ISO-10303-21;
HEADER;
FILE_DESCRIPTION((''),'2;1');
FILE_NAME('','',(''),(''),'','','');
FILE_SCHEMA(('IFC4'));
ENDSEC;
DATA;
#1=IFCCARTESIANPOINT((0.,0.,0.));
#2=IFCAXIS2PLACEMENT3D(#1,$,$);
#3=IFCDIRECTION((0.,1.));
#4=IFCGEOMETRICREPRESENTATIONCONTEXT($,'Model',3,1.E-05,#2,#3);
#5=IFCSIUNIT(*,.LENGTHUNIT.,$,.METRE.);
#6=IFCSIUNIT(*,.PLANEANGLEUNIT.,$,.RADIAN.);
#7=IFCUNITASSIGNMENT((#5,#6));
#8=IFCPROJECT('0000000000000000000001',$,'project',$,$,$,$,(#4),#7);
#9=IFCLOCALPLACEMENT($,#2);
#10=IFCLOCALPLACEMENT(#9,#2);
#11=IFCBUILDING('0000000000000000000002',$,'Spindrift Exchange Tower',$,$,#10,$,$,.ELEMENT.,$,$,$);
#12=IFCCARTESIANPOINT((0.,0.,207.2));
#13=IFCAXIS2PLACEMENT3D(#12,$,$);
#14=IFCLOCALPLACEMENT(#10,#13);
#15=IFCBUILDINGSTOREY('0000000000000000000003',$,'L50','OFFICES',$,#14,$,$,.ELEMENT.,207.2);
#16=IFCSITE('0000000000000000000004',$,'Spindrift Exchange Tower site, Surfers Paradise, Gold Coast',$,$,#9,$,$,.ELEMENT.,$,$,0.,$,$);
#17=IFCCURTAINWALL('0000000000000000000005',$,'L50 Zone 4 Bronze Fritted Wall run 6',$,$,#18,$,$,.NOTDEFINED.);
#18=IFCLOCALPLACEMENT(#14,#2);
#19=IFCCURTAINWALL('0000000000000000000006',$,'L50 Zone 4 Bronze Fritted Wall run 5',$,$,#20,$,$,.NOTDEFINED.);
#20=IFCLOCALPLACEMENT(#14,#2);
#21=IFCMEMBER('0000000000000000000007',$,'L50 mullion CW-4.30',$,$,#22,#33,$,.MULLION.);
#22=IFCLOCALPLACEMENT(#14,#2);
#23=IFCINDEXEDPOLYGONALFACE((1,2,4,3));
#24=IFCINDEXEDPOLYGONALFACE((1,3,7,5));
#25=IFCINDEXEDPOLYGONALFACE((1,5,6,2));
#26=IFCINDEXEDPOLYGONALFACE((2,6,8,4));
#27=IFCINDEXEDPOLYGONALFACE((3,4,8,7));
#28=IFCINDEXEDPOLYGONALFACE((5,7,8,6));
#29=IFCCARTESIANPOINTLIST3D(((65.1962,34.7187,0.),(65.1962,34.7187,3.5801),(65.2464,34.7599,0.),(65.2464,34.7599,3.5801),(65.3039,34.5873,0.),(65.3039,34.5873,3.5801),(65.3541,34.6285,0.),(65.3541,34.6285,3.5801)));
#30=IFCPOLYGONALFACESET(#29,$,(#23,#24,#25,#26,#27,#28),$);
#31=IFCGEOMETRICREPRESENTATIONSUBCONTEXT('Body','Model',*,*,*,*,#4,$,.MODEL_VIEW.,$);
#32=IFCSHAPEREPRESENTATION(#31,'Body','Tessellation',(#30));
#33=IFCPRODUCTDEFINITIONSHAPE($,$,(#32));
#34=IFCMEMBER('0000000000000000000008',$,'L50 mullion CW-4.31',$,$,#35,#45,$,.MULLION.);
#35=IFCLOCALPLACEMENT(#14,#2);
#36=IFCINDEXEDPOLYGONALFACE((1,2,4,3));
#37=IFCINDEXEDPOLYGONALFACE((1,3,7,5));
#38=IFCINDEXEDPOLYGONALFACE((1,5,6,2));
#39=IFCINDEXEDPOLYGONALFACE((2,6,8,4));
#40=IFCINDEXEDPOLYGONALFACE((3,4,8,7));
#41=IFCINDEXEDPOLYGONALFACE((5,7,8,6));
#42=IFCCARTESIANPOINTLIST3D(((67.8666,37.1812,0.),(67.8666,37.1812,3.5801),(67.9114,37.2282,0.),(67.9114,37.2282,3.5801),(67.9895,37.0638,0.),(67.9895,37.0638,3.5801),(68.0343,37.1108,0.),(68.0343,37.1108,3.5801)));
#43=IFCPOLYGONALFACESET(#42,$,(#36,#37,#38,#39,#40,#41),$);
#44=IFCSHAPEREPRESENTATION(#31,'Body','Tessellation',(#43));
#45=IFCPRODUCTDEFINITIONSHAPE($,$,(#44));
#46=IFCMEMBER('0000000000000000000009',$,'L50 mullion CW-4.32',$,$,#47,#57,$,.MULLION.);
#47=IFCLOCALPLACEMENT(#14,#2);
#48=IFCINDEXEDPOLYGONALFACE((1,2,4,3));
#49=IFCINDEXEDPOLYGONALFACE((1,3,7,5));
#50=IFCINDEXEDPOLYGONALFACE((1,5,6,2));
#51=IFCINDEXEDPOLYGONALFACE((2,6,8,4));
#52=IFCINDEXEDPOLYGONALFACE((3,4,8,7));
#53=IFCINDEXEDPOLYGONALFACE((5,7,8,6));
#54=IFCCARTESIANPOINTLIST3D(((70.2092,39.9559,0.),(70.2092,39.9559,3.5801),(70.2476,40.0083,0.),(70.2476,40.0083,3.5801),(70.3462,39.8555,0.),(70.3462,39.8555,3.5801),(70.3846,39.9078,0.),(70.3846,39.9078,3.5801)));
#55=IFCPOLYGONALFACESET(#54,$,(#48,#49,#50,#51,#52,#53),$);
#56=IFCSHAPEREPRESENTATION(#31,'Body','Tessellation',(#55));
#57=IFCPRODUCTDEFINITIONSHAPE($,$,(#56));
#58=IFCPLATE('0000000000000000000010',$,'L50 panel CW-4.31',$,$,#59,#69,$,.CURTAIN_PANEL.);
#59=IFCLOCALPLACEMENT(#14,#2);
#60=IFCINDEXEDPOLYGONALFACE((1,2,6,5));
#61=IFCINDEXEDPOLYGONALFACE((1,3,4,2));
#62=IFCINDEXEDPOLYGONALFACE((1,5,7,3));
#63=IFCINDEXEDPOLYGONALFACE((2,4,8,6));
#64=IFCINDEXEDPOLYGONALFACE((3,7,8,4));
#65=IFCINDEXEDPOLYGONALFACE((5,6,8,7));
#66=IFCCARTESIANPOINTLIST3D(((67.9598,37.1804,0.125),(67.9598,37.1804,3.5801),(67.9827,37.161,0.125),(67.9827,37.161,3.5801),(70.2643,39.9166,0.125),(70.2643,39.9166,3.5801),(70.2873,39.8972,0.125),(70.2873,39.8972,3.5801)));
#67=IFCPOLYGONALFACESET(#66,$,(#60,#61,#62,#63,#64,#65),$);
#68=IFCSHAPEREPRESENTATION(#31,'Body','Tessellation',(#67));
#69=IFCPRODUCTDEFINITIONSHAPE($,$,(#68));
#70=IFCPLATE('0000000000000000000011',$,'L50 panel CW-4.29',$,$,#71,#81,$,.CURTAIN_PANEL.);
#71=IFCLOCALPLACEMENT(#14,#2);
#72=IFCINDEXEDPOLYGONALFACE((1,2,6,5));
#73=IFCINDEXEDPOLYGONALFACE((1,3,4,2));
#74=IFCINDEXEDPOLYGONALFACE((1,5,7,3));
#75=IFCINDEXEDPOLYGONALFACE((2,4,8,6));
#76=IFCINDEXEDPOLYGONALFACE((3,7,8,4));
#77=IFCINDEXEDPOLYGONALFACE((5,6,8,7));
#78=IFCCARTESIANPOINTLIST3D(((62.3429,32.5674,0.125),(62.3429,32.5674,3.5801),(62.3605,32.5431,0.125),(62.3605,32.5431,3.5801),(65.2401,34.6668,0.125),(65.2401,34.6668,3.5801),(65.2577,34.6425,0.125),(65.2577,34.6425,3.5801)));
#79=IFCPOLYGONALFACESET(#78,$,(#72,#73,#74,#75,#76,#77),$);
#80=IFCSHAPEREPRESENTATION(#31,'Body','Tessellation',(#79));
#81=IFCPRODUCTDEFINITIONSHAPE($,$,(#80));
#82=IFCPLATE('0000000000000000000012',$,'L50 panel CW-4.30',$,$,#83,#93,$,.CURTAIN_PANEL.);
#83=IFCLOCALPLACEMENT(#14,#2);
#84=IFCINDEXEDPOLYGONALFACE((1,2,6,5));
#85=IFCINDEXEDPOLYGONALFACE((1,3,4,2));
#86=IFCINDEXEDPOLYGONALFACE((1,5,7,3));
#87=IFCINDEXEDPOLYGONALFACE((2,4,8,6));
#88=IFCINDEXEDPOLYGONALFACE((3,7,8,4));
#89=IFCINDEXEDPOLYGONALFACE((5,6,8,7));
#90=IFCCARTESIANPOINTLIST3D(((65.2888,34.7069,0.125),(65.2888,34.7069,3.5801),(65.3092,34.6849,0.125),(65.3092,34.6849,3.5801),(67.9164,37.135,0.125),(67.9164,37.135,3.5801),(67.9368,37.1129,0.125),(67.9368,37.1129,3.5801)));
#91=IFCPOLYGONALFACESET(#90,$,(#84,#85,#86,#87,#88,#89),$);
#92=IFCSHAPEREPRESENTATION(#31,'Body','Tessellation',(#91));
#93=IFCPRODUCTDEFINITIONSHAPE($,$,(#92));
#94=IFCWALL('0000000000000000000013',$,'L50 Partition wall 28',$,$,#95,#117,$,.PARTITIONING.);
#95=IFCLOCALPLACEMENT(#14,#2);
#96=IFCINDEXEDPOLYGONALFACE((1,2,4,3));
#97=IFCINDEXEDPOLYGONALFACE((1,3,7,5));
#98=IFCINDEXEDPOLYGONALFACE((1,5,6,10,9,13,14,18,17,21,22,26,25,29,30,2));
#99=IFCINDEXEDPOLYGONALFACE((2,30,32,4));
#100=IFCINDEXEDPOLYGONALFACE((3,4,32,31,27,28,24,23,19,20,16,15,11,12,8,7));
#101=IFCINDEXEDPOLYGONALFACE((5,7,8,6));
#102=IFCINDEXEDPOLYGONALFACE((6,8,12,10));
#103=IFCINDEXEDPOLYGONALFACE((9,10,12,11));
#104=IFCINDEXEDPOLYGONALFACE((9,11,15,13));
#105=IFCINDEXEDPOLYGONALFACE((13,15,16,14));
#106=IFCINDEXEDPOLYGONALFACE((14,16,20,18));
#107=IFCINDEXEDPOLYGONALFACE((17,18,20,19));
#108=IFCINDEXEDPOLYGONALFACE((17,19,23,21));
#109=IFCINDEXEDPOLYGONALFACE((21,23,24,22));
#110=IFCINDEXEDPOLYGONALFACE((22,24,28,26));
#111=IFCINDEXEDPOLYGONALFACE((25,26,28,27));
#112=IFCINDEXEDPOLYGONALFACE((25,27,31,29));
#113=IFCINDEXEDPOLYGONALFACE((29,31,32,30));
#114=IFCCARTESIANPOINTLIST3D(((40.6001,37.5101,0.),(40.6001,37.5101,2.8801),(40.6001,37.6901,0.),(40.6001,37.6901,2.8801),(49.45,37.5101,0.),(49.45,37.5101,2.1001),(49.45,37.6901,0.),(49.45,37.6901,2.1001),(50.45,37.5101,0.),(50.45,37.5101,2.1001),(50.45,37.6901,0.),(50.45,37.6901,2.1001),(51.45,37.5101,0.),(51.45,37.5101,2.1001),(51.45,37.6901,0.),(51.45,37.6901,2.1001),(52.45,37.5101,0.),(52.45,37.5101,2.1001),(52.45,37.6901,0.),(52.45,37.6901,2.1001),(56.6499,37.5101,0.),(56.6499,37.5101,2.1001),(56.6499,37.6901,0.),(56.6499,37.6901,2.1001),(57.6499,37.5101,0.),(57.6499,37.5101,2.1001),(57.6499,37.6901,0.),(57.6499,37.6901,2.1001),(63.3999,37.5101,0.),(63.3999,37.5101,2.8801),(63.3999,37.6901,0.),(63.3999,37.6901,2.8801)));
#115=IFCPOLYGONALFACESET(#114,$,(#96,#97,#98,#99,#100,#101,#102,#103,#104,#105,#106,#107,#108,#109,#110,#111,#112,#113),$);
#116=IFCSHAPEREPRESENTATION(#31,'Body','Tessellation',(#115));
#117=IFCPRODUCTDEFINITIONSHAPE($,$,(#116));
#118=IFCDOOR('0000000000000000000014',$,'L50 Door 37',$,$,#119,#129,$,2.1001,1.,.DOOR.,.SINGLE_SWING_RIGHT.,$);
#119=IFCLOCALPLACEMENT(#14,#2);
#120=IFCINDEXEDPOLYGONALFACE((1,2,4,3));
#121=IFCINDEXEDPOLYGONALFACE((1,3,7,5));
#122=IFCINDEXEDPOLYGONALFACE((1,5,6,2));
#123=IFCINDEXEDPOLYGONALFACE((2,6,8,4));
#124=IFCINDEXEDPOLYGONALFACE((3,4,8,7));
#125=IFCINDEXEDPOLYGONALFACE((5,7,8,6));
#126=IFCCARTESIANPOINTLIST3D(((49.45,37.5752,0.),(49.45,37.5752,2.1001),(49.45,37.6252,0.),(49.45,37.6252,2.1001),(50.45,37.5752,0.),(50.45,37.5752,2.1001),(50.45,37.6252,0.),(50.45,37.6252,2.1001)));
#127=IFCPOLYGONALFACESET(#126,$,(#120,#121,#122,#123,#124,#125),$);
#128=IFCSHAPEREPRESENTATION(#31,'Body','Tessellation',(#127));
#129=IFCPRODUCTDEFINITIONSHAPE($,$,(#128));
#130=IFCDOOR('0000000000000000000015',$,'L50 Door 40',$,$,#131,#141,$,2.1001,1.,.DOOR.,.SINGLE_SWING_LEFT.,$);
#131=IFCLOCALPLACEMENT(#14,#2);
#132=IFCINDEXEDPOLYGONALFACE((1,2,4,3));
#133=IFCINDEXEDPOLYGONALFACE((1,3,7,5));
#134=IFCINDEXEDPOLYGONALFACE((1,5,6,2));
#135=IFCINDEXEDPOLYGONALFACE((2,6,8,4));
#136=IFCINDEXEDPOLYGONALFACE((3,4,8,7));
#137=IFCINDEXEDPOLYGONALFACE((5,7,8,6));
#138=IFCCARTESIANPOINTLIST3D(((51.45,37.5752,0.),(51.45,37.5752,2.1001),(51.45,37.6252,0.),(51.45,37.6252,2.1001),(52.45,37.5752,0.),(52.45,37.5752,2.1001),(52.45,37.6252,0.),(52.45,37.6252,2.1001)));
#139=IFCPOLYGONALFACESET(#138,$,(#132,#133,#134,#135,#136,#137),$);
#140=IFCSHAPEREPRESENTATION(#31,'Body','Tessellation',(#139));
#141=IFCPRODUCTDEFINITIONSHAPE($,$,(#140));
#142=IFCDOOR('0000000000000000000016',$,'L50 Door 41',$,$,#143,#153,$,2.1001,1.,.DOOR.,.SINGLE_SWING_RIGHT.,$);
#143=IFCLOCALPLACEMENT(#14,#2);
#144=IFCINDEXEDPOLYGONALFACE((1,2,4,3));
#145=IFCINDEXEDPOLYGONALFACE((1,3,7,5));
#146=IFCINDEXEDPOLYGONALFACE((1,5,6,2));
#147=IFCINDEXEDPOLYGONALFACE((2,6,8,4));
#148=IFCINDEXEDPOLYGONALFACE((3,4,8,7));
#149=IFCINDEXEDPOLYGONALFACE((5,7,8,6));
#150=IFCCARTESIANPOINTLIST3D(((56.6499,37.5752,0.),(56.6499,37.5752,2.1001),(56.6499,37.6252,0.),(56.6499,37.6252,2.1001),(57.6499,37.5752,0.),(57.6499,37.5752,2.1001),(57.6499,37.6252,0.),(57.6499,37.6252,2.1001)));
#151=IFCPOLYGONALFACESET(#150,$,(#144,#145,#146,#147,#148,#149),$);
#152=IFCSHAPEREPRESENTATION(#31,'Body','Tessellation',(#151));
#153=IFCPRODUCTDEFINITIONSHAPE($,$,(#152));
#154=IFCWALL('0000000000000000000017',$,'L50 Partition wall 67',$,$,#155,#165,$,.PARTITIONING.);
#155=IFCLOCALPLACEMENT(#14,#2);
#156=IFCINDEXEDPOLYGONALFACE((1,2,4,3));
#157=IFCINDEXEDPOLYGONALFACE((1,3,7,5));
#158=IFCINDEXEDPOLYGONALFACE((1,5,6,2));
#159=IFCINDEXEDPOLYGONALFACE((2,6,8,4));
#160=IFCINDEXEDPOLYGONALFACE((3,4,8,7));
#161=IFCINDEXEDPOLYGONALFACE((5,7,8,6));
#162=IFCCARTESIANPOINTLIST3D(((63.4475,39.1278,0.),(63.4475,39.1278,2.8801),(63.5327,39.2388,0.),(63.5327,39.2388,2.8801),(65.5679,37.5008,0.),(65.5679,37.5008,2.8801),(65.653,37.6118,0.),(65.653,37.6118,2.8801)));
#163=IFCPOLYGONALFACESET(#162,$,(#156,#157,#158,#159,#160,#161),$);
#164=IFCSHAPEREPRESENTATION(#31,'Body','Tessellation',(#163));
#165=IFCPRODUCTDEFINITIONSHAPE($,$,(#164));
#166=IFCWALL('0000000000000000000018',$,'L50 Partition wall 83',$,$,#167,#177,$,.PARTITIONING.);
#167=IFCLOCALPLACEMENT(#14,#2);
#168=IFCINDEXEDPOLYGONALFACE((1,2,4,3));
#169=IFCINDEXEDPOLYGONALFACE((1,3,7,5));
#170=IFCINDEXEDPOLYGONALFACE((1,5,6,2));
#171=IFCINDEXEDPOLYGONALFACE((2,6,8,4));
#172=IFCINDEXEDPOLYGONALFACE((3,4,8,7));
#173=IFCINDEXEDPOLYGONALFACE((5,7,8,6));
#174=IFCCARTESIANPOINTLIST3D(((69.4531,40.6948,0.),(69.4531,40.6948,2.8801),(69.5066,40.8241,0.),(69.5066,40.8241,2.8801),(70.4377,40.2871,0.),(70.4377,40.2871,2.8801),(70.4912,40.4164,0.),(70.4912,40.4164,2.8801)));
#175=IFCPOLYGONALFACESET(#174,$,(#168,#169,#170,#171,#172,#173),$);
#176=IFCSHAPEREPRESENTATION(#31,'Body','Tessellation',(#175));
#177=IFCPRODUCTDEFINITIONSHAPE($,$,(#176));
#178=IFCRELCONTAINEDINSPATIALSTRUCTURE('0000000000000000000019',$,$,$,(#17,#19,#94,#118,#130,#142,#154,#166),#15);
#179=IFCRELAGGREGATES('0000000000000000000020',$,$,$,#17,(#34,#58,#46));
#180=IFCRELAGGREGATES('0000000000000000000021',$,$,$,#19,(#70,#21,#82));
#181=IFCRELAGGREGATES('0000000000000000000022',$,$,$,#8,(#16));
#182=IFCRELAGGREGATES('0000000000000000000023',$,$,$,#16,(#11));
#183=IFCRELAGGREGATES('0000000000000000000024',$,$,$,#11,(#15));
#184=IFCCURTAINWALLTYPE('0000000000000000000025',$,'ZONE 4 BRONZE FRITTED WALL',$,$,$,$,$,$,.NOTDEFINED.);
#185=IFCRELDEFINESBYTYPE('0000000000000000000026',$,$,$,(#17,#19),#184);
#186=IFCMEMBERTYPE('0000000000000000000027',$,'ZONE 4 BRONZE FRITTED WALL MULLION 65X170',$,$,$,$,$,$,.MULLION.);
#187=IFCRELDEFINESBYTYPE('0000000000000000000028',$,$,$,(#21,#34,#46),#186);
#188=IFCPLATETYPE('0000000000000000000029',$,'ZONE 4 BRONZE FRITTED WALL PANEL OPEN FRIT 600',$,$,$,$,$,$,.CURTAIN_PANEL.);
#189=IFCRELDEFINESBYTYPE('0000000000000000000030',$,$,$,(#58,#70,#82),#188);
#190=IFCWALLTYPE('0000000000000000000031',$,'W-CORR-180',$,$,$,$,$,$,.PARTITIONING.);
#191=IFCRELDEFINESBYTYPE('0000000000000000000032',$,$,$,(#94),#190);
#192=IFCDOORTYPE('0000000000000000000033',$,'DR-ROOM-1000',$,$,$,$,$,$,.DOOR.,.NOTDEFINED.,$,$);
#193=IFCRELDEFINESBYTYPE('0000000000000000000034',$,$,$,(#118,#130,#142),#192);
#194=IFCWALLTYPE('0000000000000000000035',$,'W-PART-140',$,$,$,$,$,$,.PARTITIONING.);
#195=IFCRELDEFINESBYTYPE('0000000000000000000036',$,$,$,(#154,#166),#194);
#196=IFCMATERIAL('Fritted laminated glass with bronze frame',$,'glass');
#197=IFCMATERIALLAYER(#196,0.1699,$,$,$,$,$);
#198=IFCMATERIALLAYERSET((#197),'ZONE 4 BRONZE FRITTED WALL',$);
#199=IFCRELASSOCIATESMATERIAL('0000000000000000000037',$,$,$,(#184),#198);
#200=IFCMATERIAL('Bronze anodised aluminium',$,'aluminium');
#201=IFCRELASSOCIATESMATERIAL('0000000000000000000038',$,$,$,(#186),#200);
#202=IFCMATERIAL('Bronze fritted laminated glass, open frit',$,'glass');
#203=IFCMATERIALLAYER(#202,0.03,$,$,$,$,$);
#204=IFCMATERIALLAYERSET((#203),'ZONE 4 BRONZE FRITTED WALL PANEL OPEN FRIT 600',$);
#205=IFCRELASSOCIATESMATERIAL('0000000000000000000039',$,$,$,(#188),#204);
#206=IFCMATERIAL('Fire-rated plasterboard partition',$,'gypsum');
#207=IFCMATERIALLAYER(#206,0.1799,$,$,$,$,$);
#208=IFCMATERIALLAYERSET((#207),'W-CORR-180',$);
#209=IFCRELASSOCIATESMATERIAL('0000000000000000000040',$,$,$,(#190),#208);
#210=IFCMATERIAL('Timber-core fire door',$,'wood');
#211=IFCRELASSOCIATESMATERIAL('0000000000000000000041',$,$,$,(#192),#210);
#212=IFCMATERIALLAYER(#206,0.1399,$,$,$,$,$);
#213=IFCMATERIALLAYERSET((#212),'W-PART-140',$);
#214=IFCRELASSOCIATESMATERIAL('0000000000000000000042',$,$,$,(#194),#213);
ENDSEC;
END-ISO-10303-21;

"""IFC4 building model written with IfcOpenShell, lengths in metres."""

from ifc_helpers import new_model, si_unit, direction, frame, frame_2d, origin, origin_2d, place, context, subcontext, project, spatial, rectangle, extrude, source, transform, mapped, material, layer, layer_set, material_profile, profile_set, type_object, element, fill, aggregate, save


model = new_model("IFC4")

# Units and contexts
model_context = context("Model", 3, precision=1e-05, world=origin(), true_north=direction((0.0, 1.0)))
body_context = subcontext(model_context, "Body", "Model", "MODEL_VIEW")
ifc_project = project(units=[si_unit("LENGTHUNIT", "METRE"), si_unit("PLANEANGLEUNIT", "RADIAN")], contexts=[model_context])

# Site, building, storey
site_placement = place(None, origin())
site = spatial("IfcSite", under=ifc_project, at=site_placement, Name="Spindrift Exchange Tower site, Surfers Paradise, Gold Coast", CompositionType="ELEMENT", RefElevation=0.0)
building_placement = place(site_placement, origin())
building = spatial("IfcBuilding", under=site, at=building_placement, Name="Spindrift Exchange Tower", CompositionType="ELEMENT")
storey_placement = place(building_placement, frame((0.0, 0.0, 207.2)))
storey = spatial("IfcBuildingStorey", under=building, at=storey_placement, Name="L50", Description="OFFICES", CompositionType="ELEMENT", Elevation=207.2)

# Curtain walls
ifc_material_1 = material(Name="Fritted laminated glass with bronze frame", Category="glass")
ifc_layer_1 = layer(ifc_material_1, 0.1699)
ifc_layer_set_1 = layer_set([ifc_layer_1], Name="ZONE 4 BRONZE FRITTED WALL")
curtain_wall_type = type_object("IfcCurtainWallType", Name="ZONE 4 BRONZE FRITTED WALL", PredefinedType="NOTDEFINED", material=ifc_layer_set_1)
curtain_wall_1_placement = place(storey_placement, origin())
curtain_wall_1 = element("IfcCurtainWall", 1, at=curtain_wall_1_placement, inside=storey, type_object=curtain_wall_type, Name="L50 Zone 4 Bronze Fritted Wall run 6", PredefinedType="NOTDEFINED")
ifc_material_2 = material(Name="Bronze anodised aluminium", Category="aluminium")
curtain_wall_2_placement = place(storey_placement, origin())
curtain_wall_2 = element("IfcCurtainWall", 2, at=curtain_wall_2_placement, inside=storey, type_object=curtain_wall_type, Name="L50 Zone 4 Bronze Fritted Wall run 5", PredefinedType="NOTDEFINED")

# Members
ifc_material_profile_1 = material_profile(ifc_material_2, rectangle(XDim=0.0649, YDim=0.1699, at=origin_2d()), Name="ZONE 4 BRONZE FRITTED WALL MULLION 65X170")
ifc_profile_set_1 = profile_set([ifc_material_profile_1], Name="Bronze anodised aluminium")
member_type_1 = type_object("IfcMemberType", Name="ZONE 4 BRONZE FRITTED WALL MULLION 65X170", PredefinedType="MULLION", material=ifc_profile_set_1)
shared_shape_1 = source(origin(), body_context, "Body", "SweptSolid", [
    extrude(rectangle(XDim=0.0649, YDim=0.1699, at=origin_2d()), origin(), (0.0, 0.0, 1.0), 3.5801),
])
member_1_placement = place(storey_placement, frame((65.2751, 34.6736, 0.0), z_axis=(0.0, 0.0, 1.0), x_axis=(0.773461, 0.633844, 0.0)))
member_1 = element("IfcMember", 3, at=member_1_placement, type_object=member_type_1, Name="L50 mullion CW-4.30", PredefinedType="MULLION", context=body_context, shape_type="MappedRepresentation", body=[
    mapped(shared_shape_1, transform((0.0, 0.0, 0.0), scale=1.0)),
])
member_2_placement = place(storey_placement, frame((67.9504, 37.146, 0.0), z_axis=(0.0, 0.0, 1.0), x_axis=(0.690661, 0.723178, 0.0)))
member_2 = element("IfcMember", 4, at=member_2_placement, type_object=member_type_1, Name="L50 mullion CW-4.31", PredefinedType="MULLION", context=body_context, shape_type="MappedRepresentation", body=[
    mapped(shared_shape_1, transform((0.0, 0.0, 0.0), scale=1.0)),
])
member_3_placement = place(storey_placement, frame((70.2969, 39.9319, 0.0), z_axis=(0.0, 0.0, 1.0), x_axis=(0.59122, 0.80651, 0.0)))
member_3 = element("IfcMember", 5, at=member_3_placement, type_object=member_type_1, Name="L50 mullion CW-4.32", PredefinedType="MULLION", context=body_context, shape_type="MappedRepresentation", body=[
    mapped(shared_shape_1, transform((0.0, 0.0, 0.0), scale=1.0)),
])

# Plates
ifc_material_3 = material(Name="Bronze fritted laminated glass, open frit", Category="glass")
ifc_layer_2 = layer(ifc_material_3, 0.03)
ifc_layer_set_2 = layer_set([ifc_layer_2], Name="ZONE 4 BRONZE FRITTED WALL PANEL OPEN FRIT 600")
plate_type = type_object("IfcPlateType", Name="ZONE 4 BRONZE FRITTED WALL PANEL OPEN FRIT 600", PredefinedType="CURTAIN_PANEL", material=ifc_layer_set_2)
shared_shape_2 = source(origin(), body_context, "Body", "SweptSolid", [
    extrude(rectangle(XDim=3.5774, YDim=0.03, at=origin_2d()), origin(), (0.0, 0.0, 1.0), 3.4551),
])
plate_1_placement = place(storey_placement, frame((69.1235, 38.5388, 0.125), z_axis=(0.0, 0.0, 1.0), x_axis=(0.644197, 0.76486, 0.0)))
plate_1 = element("IfcPlate", 6, at=plate_1_placement, type_object=plate_type, Name="L50 panel CW-4.31", PredefinedType="CURTAIN_PANEL", context=body_context, shape_type="MappedRepresentation", body=[
    mapped(shared_shape_2, transform((0.0, 0.0, 0.0), scale=1.0)),
])
aggregate(curtain_wall_1, [member_2, plate_1, member_3])
shared_shape_3 = source(origin(), body_context, "Body", "SweptSolid", [
    extrude(rectangle(XDim=3.5779, YDim=0.03, at=origin_2d()), origin(), (0.0, 0.0, 1.0), 3.4551),
])
plate_2_placement = place(storey_placement, frame((63.8003, 33.605, 0.125), z_axis=(0.0, 0.0, 1.0), x_axis=(0.809755, 0.586768, 0.0)))
plate_2 = element("IfcPlate", 7, at=plate_2_placement, type_object=plate_type, Name="L50 panel CW-4.29", PredefinedType="CURTAIN_PANEL", context=body_context, shape_type="MappedRepresentation", body=[
    mapped(shared_shape_3, transform((0.0, 0.0, 0.0), scale=1.0)),
])
shared_shape_4 = source(origin(), body_context, "Body", "SweptSolid", [
    extrude(rectangle(XDim=3.5776, YDim=0.03, at=origin_2d()), origin(), (0.0, 0.0, 1.0), 3.4551),
])
plate_3_placement = place(storey_placement, frame((66.6128, 35.9099, 0.125), z_axis=(0.0, 0.0, 1.0), x_axis=(0.734435, 0.678679, 0.0)))
plate_3 = element("IfcPlate", 8, at=plate_3_placement, type_object=plate_type, Name="L50 panel CW-4.30", PredefinedType="CURTAIN_PANEL", context=body_context, shape_type="MappedRepresentation", body=[
    mapped(shared_shape_4, transform((0.0, 0.0, 0.0), scale=1.0)),
])
aggregate(curtain_wall_2, [plate_2, member_1, plate_3])

# Wall, openings, doors
ifc_material_4 = material(Name="Fire-rated plasterboard partition", Category="gypsum")
ifc_layer_3 = layer(ifc_material_4, 0.1799)
ifc_layer_set_3 = layer_set([ifc_layer_3], Name="W-CORR-180")
wall_type_1 = type_object("IfcWallType", Name="W-CORR-180", PredefinedType="PARTITIONING", material=ifc_layer_set_3)
wall_1_placement = place(storey_placement, frame((63.3999, 37.6001, 0.0), z_axis=(0.0, 0.0, 1.0), x_axis=(-1.0, 0.0, 0.0)))
wall_1 = element("IfcWall", 9, at=wall_1_placement, inside=storey, type_object=wall_type_1, Name="L50 Partition wall 28", PredefinedType="PARTITIONING", context=body_context, shape_type="SweptSolid", body=[
    extrude(rectangle(XDim=22.7998, YDim=0.1799, at=frame_2d((11.3999, 0.0))), origin(), (0.0, 0.0, 1.0), 2.8801),
])
opening_1_placement = place(wall_1_placement, frame((12.95, 0.0, 0.0)))
opening_1 = element("IfcOpeningElement", 10, at=opening_1_placement, cuts=wall_1, PredefinedType="OPENING", context=body_context, shape_type="SweptSolid", body=[
    extrude(rectangle(XDim=1.0, YDim=2.1001, at=frame_2d((0.5, 1.05))), frame((0.0, 0.0999, 0.0), z_axis=(0.0, -1.0, 0.0), x_axis=(1.0, 0.0, 0.0)), (0.0, 0.0, 1.0), 0.2),
])
opening_2_placement = place(wall_1_placement, frame((10.95, 0.0, 0.0)))
opening_2 = element("IfcOpeningElement", 11, at=opening_2_placement, cuts=wall_1, PredefinedType="OPENING", context=body_context, shape_type="SweptSolid", body=[
    extrude(rectangle(XDim=1.0, YDim=2.1001, at=frame_2d((0.5, 1.05))), frame((0.0, 0.0999, 0.0), z_axis=(0.0, -1.0, 0.0), x_axis=(1.0, 0.0, 0.0)), (0.0, 0.0, 1.0), 0.2),
])
opening_3_placement = place(wall_1_placement, frame((5.75, 0.0, 0.0)))
opening_3 = element("IfcOpeningElement", 12, at=opening_3_placement, cuts=wall_1, PredefinedType="OPENING", context=body_context, shape_type="SweptSolid", body=[
    extrude(rectangle(XDim=1.0, YDim=2.1001, at=frame_2d((0.5, 1.05))), frame((0.0, 0.0999, 0.0), z_axis=(0.0, -1.0, 0.0), x_axis=(1.0, 0.0, 0.0)), (0.0, 0.0, 1.0), 0.2),
])
ifc_material_5 = material(Name="Timber-core fire door", Category="wood")
door_type = type_object("IfcDoorType", Name="DR-ROOM-1000", OperationType="NOTDEFINED", PredefinedType="DOOR", material=ifc_material_5)
shared_shape_5 = source(origin(), body_context, "Body", "SweptSolid", [
    extrude(rectangle(XDim=1.0, YDim=2.1001, at=frame_2d((0.5, 1.05))), frame((0.0, 0.0249, 0.0), z_axis=(0.0, -1.0, 0.0), x_axis=(1.0, 0.0, 0.0)), (0.0, 0.0, 1.0), 0.05),
])
door_1_placement = place(opening_1_placement, origin())
door_1 = element("IfcDoor", 13, at=door_1_placement, inside=storey, type_object=door_type, Name="L50 Door 37", OperationType="SINGLE_SWING_RIGHT", OverallHeight=2.1001, OverallWidth=1.0, PredefinedType="DOOR", context=body_context, shape_type="MappedRepresentation", body=[
    mapped(shared_shape_5, transform((0.0, 0.0, 0.0), scale=1.0)),
])
fill(opening_1, door_1)
door_2_placement = place(opening_2_placement, origin())
door_2 = element("IfcDoor", 14, at=door_2_placement, inside=storey, type_object=door_type, Name="L50 Door 40", OperationType="SINGLE_SWING_LEFT", OverallHeight=2.1001, OverallWidth=1.0, PredefinedType="DOOR", context=body_context, shape_type="MappedRepresentation", body=[
    mapped(shared_shape_5, transform((0.0, 0.0, 0.0), scale=1.0)),
])
fill(opening_2, door_2)
door_3_placement = place(opening_3_placement, origin())
door_3 = element("IfcDoor", 15, at=door_3_placement, inside=storey, type_object=door_type, Name="L50 Door 41", OperationType="SINGLE_SWING_RIGHT", OverallHeight=2.1001, OverallWidth=1.0, PredefinedType="DOOR", context=body_context, shape_type="MappedRepresentation", body=[
    mapped(shared_shape_5, transform((0.0, 0.0, 0.0), scale=1.0)),
])
fill(opening_3, door_3)

# Walls
ifc_layer_4 = layer(ifc_material_4, 0.1399)
ifc_layer_set_4 = layer_set([ifc_layer_4], Name="W-PART-140")
wall_type_2 = type_object("IfcWallType", Name="W-PART-140", PredefinedType="PARTITIONING", material=ifc_layer_set_4)
wall_2_placement = place(storey_placement, frame((63.49, 39.1833, 0.0), z_axis=(0.0, 0.0, 1.0), x_axis=(0.793364, -0.608748, 0.0)))
element("IfcWall", 16, at=wall_2_placement, inside=storey, type_object=wall_type_2, Name="L50 Partition wall 67", PredefinedType="PARTITIONING", context=body_context, shape_type="SweptSolid", body=[
    extrude(rectangle(XDim=2.6726, YDim=0.1399, at=frame_2d((1.3364, 0.0))), origin(), (0.0, 0.0, 1.0), 2.8801),
])
wall_3_placement = place(storey_placement, frame((70.4644, 40.3518, 0.0), z_axis=(0.0, 0.0, 1.0), x_axis=(-0.923922, 0.382581, 0.0)))
element("IfcWall", 17, at=wall_3_placement, inside=storey, type_object=wall_type_2, Name="L50 Partition wall 83", PredefinedType="PARTITIONING", context=body_context, shape_type="SweptSolid", body=[
    extrude(rectangle(XDim=1.0657, YDim=0.1399, at=frame_2d((0.5327, 0.0))), origin(), (0.0, 0.0, 1.0), 2.8801),
])

save(model, "model.ifc")
